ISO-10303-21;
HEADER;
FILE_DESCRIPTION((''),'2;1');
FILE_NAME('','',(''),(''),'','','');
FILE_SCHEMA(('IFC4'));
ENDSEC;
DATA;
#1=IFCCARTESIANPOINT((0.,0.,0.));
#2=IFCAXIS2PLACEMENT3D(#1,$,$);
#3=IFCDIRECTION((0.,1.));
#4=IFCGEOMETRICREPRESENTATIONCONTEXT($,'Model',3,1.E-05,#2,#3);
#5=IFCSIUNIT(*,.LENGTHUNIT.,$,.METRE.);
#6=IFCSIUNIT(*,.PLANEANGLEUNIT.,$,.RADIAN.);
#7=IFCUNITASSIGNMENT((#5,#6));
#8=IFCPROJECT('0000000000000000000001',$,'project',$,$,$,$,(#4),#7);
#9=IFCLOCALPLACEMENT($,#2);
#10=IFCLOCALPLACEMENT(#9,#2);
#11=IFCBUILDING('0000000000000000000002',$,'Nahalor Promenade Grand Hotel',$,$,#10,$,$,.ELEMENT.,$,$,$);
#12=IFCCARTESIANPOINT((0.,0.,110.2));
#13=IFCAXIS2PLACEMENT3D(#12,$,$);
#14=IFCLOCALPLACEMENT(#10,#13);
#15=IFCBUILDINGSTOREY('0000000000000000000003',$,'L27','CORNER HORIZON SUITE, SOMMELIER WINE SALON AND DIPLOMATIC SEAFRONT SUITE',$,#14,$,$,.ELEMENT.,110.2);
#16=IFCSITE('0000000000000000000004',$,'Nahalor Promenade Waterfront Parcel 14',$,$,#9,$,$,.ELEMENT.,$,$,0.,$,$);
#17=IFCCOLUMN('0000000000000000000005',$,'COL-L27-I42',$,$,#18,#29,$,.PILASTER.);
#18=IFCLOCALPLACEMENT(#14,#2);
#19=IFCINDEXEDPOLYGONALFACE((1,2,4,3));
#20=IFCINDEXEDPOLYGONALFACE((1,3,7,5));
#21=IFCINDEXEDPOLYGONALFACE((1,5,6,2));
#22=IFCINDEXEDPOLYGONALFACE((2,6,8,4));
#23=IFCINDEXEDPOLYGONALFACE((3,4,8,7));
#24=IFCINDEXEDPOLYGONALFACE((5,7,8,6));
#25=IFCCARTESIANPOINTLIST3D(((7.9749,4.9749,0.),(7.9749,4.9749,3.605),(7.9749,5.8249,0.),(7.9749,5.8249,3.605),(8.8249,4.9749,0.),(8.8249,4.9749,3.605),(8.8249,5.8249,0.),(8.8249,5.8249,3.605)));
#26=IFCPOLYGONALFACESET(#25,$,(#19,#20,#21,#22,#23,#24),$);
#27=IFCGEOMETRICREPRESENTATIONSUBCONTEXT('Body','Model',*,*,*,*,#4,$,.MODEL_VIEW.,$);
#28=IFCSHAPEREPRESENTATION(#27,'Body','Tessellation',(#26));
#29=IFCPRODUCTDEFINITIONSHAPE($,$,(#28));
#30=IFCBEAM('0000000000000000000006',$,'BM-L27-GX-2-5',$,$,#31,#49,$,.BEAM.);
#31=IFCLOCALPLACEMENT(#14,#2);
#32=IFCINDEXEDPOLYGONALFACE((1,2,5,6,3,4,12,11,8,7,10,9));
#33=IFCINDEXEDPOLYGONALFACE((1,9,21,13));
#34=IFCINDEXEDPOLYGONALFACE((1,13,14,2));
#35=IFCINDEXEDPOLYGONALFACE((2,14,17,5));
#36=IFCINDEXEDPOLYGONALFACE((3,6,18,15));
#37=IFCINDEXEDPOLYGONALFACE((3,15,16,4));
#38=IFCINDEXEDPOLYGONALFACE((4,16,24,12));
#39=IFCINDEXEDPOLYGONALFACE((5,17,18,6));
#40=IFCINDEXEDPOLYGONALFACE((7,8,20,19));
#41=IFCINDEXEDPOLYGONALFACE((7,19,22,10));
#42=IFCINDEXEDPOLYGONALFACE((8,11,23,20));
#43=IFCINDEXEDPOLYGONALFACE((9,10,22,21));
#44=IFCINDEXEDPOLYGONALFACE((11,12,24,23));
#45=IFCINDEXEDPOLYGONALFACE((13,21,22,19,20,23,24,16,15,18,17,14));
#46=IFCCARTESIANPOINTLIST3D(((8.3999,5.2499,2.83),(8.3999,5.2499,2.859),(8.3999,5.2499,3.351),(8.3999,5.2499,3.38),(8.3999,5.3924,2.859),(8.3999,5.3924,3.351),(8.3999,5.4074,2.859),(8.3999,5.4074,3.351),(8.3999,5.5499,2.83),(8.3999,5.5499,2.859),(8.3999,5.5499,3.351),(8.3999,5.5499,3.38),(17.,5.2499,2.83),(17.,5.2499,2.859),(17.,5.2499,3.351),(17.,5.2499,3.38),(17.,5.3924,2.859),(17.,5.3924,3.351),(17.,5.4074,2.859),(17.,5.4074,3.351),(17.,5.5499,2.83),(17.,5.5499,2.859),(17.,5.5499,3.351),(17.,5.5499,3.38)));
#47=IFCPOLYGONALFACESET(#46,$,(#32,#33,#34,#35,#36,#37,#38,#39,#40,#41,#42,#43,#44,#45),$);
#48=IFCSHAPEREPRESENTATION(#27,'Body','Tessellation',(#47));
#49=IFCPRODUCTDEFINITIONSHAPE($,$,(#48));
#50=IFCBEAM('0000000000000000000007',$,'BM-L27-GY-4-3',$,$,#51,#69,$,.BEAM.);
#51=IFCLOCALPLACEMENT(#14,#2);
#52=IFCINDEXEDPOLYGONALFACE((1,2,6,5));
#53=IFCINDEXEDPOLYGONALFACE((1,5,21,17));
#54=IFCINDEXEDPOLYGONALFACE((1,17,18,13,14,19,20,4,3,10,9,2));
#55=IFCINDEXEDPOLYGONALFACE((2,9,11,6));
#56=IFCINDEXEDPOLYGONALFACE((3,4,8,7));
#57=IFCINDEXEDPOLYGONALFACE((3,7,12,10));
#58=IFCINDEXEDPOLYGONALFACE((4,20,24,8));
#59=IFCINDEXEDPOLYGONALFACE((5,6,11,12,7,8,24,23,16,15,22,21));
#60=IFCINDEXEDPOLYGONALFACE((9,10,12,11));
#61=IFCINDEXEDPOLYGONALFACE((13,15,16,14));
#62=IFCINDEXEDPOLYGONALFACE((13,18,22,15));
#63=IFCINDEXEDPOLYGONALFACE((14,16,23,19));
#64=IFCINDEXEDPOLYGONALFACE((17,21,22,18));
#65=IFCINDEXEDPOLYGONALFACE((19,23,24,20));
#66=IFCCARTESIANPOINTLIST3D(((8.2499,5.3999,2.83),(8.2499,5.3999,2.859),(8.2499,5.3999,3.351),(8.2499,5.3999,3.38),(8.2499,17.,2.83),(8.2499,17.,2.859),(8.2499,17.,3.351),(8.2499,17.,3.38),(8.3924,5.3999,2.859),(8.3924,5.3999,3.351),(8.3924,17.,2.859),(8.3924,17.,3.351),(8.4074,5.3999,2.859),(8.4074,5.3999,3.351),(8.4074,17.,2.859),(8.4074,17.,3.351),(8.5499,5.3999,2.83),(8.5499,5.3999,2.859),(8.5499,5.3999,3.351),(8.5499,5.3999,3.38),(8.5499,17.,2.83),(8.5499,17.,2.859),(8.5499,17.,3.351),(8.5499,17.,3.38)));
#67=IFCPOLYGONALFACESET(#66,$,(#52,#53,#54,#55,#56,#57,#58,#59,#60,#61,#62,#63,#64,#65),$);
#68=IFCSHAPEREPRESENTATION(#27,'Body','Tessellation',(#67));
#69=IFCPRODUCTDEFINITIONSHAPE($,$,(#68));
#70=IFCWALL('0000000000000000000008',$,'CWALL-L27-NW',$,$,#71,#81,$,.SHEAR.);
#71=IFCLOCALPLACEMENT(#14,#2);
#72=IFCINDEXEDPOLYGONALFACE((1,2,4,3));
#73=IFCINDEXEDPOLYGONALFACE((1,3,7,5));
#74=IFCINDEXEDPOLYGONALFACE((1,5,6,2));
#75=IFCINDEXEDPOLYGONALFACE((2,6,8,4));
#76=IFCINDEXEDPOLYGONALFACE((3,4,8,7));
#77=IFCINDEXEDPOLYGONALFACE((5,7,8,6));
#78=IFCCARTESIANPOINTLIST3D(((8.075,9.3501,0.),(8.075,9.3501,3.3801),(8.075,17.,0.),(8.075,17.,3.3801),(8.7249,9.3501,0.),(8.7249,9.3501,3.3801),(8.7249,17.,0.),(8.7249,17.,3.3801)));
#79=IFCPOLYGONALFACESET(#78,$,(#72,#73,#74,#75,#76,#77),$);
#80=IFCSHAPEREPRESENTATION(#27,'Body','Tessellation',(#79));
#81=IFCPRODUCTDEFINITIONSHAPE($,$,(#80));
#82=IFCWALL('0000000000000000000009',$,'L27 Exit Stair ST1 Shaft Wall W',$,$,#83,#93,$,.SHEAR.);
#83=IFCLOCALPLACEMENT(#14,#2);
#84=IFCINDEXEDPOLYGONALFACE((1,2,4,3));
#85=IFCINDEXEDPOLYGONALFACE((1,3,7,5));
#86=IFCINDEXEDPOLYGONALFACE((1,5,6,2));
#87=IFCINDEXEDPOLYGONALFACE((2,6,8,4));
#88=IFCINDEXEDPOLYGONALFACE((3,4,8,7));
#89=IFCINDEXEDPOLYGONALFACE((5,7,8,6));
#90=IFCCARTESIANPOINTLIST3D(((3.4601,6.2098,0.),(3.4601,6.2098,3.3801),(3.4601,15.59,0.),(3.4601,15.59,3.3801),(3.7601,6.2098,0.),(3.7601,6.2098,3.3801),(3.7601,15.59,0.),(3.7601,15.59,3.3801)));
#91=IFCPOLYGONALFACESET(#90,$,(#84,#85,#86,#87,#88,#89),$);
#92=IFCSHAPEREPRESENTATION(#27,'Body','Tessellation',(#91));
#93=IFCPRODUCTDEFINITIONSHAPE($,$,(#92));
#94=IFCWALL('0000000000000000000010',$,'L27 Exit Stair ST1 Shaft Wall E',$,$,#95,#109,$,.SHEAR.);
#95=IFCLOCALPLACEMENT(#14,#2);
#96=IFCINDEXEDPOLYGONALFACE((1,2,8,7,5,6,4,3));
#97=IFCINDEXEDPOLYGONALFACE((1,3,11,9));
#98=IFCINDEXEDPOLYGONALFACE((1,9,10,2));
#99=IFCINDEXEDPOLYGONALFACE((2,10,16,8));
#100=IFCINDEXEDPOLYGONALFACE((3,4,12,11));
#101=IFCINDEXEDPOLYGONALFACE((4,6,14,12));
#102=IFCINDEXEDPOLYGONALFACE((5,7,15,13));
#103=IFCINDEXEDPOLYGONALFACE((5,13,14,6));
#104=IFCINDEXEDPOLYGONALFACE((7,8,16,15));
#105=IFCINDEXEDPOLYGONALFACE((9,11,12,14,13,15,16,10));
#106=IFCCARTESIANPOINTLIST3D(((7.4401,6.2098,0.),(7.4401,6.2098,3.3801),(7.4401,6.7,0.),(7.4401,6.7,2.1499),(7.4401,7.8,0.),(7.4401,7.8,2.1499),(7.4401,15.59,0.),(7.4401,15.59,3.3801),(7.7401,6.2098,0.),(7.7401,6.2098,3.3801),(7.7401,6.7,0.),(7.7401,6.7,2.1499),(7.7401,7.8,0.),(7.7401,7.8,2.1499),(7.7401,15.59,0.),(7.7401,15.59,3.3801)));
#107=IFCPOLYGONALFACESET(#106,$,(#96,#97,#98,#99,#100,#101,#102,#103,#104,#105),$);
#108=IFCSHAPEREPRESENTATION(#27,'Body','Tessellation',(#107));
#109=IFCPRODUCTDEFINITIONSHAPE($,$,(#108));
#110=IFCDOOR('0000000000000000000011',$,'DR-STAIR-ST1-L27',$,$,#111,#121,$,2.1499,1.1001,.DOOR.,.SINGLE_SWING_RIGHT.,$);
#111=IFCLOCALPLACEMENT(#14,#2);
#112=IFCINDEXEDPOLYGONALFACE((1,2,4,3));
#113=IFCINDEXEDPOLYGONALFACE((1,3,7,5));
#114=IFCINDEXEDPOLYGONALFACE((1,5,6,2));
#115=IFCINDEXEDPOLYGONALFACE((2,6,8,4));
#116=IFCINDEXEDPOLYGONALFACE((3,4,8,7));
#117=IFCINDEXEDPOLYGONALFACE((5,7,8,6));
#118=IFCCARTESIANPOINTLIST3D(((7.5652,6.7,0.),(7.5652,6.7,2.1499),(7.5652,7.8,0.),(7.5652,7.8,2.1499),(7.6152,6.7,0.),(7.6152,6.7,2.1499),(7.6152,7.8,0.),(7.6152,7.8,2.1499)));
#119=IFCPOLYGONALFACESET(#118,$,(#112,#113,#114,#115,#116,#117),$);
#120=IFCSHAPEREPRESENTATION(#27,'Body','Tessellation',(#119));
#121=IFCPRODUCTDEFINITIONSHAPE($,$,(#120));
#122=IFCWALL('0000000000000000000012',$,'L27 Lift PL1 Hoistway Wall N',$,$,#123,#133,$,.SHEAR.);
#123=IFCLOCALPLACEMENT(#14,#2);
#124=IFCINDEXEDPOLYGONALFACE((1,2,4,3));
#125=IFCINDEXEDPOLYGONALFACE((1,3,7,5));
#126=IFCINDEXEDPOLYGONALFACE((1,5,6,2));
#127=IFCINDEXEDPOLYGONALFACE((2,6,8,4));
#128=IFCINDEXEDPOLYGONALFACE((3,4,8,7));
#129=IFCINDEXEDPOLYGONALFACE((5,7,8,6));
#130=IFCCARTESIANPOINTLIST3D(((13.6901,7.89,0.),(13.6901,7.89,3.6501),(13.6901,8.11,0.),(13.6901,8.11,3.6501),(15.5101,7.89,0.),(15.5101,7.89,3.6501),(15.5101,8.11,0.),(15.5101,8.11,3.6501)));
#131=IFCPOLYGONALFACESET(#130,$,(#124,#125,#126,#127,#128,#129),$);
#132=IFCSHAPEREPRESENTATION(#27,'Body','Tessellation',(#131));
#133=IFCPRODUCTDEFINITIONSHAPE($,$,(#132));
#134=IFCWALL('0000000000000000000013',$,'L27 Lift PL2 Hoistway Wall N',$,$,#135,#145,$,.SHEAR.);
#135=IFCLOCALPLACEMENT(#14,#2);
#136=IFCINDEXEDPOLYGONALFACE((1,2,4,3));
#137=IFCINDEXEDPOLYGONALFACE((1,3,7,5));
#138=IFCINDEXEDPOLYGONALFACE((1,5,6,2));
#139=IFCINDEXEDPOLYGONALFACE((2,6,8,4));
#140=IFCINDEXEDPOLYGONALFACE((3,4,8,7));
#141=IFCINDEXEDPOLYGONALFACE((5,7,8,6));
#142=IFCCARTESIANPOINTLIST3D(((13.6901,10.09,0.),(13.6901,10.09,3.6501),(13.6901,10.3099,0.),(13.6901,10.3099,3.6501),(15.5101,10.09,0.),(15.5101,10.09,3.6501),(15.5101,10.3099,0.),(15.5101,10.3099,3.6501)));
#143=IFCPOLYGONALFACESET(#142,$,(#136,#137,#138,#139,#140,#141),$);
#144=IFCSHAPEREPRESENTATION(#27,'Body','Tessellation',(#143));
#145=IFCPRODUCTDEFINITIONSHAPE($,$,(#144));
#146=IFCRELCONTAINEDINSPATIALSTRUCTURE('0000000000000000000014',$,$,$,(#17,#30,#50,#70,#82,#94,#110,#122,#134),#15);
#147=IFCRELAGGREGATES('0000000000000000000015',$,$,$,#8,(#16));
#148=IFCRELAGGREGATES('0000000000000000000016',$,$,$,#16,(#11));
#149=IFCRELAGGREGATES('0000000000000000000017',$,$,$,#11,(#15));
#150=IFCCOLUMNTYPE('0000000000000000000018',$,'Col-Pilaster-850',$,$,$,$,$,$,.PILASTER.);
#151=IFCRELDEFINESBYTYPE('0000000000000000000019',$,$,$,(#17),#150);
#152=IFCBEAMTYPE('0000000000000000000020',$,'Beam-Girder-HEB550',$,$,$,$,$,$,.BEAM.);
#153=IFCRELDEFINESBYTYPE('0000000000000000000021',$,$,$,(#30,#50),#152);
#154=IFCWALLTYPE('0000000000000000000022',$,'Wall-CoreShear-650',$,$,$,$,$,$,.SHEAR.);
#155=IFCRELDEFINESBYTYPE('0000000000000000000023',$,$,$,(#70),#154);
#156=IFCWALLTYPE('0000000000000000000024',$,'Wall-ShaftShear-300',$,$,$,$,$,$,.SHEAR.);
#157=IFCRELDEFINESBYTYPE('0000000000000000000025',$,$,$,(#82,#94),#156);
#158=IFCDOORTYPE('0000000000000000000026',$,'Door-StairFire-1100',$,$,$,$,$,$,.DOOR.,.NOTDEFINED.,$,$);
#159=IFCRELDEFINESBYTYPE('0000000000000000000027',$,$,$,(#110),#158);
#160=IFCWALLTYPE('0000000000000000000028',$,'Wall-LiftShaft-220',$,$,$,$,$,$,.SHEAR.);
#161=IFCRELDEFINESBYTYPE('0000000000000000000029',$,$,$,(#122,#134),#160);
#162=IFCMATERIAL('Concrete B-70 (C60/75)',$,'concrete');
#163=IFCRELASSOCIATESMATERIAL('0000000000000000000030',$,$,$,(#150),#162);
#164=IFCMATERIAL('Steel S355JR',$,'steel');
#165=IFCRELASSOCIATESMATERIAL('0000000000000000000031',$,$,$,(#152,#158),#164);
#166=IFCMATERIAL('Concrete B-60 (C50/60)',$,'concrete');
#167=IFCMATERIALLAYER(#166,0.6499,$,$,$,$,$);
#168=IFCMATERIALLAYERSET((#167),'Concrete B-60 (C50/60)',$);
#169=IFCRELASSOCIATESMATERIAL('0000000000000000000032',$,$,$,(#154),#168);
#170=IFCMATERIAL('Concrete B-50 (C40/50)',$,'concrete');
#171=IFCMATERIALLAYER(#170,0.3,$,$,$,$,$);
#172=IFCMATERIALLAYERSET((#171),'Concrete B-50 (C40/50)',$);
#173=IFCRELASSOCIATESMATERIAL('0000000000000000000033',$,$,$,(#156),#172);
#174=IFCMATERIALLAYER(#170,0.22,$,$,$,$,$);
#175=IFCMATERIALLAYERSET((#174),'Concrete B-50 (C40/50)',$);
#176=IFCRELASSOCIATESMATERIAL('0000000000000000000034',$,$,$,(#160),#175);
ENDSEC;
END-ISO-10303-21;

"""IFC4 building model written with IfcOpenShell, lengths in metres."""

from ifc_helpers import new_model, si_unit, direction, frame, frame_2d, origin, origin_2d, place, context, subcontext, project, spatial, rectangle, i_section, extrude, source, transform, mapped, material, layer, layer_set, material_profile, profile_set, type_object, element, fill, save


model = new_model("IFC4")

# Units and contexts
model_context = context("Model", 3, precision=1e-05, world=origin(), true_north=direction((0.0, 1.0)))
body_context = subcontext(model_context, "Body", "Model", "MODEL_VIEW")
ifc_project = project(units=[si_unit("LENGTHUNIT", "METRE"), si_unit("PLANEANGLEUNIT", "RADIAN")], contexts=[model_context])

# Site, building, storey
site_placement = place(None, origin())
site = spatial("IfcSite", under=ifc_project, at=site_placement, Name="Nahalor Promenade Waterfront Parcel 14", CompositionType="ELEMENT", RefElevation=0.0)
building_placement = place(site_placement, origin())
building = spatial("IfcBuilding", under=site, at=building_placement, Name="Nahalor Promenade Grand Hotel", CompositionType="ELEMENT")
storey_placement = place(building_placement, frame((0.0, 0.0, 110.2)))
storey = spatial("IfcBuildingStorey", under=building, at=storey_placement, Name="L27", Description="CORNER HORIZON SUITE, SOMMELIER WINE SALON AND DIPLOMATIC SEAFRONT SUITE", CompositionType="ELEMENT", Elevation=110.2)

# Column
ifc_material_1 = material(Name="Concrete B-70 (C60/75)", Category="concrete")
ifc_material_profile_1 = material_profile(ifc_material_1, rectangle(XDim=0.85, YDim=0.85, at=origin_2d()), Name="RC 850x850")
ifc_profile_set_1 = profile_set([ifc_material_profile_1], Name="Concrete B-70 (C60/75)")
column_type = type_object("IfcColumnType", Name="Col-Pilaster-850", PredefinedType="PILASTER", material=ifc_profile_set_1)
shared_shape_1 = source(origin(), body_context, "Body", "SweptSolid", [
    extrude(rectangle(XDim=0.85, YDim=0.85, at=origin_2d()), origin(), (0.0, 0.0, 1.0), 3.605),
])
column_placement = place(storey_placement, frame((8.3999, 5.3999, 0.0), z_axis=(0.0, 0.0, 1.0), x_axis=(1.0, 0.0, 0.0)))
element("IfcColumn", 1, at=column_placement, inside=storey, type_object=column_type, Name="COL-L27-I42", PredefinedType="PILASTER", context=body_context, shape_type="MappedRepresentation", body=[
    mapped(shared_shape_1, transform((0.0, 0.0, 0.0), scale=1.0)),
])

# Beams
ifc_material_2 = material(Name="Steel S355JR", Category="steel")
ifc_material_profile_2 = material_profile(ifc_material_2, i_section(OverallWidth=0.3, OverallDepth=0.55, WebThickness=0.015, FlangeThickness=0.029, at=origin_2d()), Name="HEB 550")
ifc_profile_set_2 = profile_set([ifc_material_profile_2], Name="Steel S355JR")
beam_type = type_object("IfcBeamType", Name="Beam-Girder-HEB550", PredefinedType="BEAM", material=ifc_profile_set_2)
shared_shape_2 = source(origin(), body_context, "Body", "SweptSolid", [
    extrude(i_section(OverallWidth=0.3, OverallDepth=0.55, WebThickness=0.015, FlangeThickness=0.029, at=origin_2d()), origin(), (0.0, 0.0, 1.0), 8.6001),
])
beam_1_placement = place(storey_placement, frame((8.3999, 5.3999, 3.105), z_axis=(1.0, 0.0, 0.0), x_axis=(0.0, 1.0, 0.0)))
element("IfcBeam", 2, at=beam_1_placement, inside=storey, type_object=beam_type, Name="BM-L27-GX-2-5", PredefinedType="BEAM", context=body_context, shape_type="MappedRepresentation", body=[
    mapped(shared_shape_2, transform((0.0, 0.0, 0.0), scale=1.0)),
])
shared_shape_3 = source(origin(), body_context, "Body", "SweptSolid", [
    extrude(i_section(OverallWidth=0.3, OverallDepth=0.55, WebThickness=0.015, FlangeThickness=0.029, at=origin_2d()), origin(), (0.0, 0.0, 1.0), 11.6001),
])
beam_2_placement = place(storey_placement, frame((8.3999, 5.3999, 3.105), z_axis=(0.0, 1.0, 0.0), x_axis=(-1.0, 0.0, 0.0)))
element("IfcBeam", 3, at=beam_2_placement, inside=storey, type_object=beam_type, Name="BM-L27-GY-4-3", PredefinedType="BEAM", context=body_context, shape_type="MappedRepresentation", body=[
    mapped(shared_shape_3, transform((0.0, 0.0, 0.0), scale=1.0)),
])

# Walls
ifc_material_3 = material(Name="Concrete B-60 (C50/60)", Category="concrete")
ifc_layer_1 = layer(ifc_material_3, 0.6499)
ifc_layer_set_1 = layer_set([ifc_layer_1], Name="Concrete B-60 (C50/60)")
wall_type_1 = type_object("IfcWallType", Name="Wall-CoreShear-650", PredefinedType="SHEAR", material=ifc_layer_set_1)
shared_shape_4 = source(origin(), body_context, "Body", "SweptSolid", [
    extrude(rectangle(XDim=7.6499, YDim=0.6499, at=frame_2d((3.825, 0.0))), origin(), (0.0, 0.0, 1.0), 3.3801),
])
wall_1_placement = place(storey_placement, frame((8.3999, 9.3501, 0.0), z_axis=(0.0, 0.0, 1.0), x_axis=(0.0, 1.0, 0.0)))
element("IfcWall", 4, at=wall_1_placement, inside=storey, type_object=wall_type_1, Name="CWALL-L27-NW", PredefinedType="SHEAR", context=body_context, shape_type="MappedRepresentation", body=[
    mapped(shared_shape_4, transform((0.0, 0.0, 0.0), scale=1.0)),
])
ifc_material_4 = material(Name="Concrete B-50 (C40/50)", Category="concrete")
ifc_layer_2 = layer(ifc_material_4, 0.3)
ifc_layer_set_2 = layer_set([ifc_layer_2], Name="Concrete B-50 (C40/50)")
wall_type_2 = type_object("IfcWallType", Name="Wall-ShaftShear-300", PredefinedType="SHEAR", material=ifc_layer_set_2)
shared_shape_5 = source(origin(), body_context, "Body", "SweptSolid", [
    extrude(rectangle(XDim=9.3801, YDim=0.3, at=frame_2d((4.6899, 0.0))), origin(), (0.0, 0.0, 1.0), 3.3801),
])
wall_2_placement = place(storey_placement, frame((3.6101, 6.21, 0.0), z_axis=(0.0, 0.0, 1.0), x_axis=(0.0, 1.0, 0.0)))
element("IfcWall", 5, at=wall_2_placement, inside=storey, type_object=wall_type_2, Name="L27 Exit Stair ST1 Shaft Wall W", PredefinedType="SHEAR", context=body_context, shape_type="MappedRepresentation", body=[
    mapped(shared_shape_5, transform((0.0, 0.0, 0.0), scale=1.0)),
])

# Wall, opening, door
wall_3_placement = place(storey_placement, frame((7.5901, 6.21, 0.0), z_axis=(0.0, 0.0, 1.0), x_axis=(0.0, 1.0, 0.0)))
wall_3 = element("IfcWall", 6, at=wall_3_placement, inside=storey, type_object=wall_type_2, Name="L27 Exit Stair ST1 Shaft Wall E", PredefinedType="SHEAR", context=body_context, shape_type="MappedRepresentation", body=[
    mapped(shared_shape_5, transform((0.0, 0.0, 0.0), scale=1.0)),
])
opening_1_placement = place(wall_3_placement, frame((0.49, 0.0, 0.0)))
opening_1 = element("IfcOpeningElement", 7, at=opening_1_placement, cuts=wall_3, PredefinedType="OPENING", context=body_context, shape_type="SweptSolid", body=[
    extrude(rectangle(XDim=1.1001, YDim=2.1499, at=frame_2d((0.55, 1.075))), frame((0.0, 0.1599, 0.0), z_axis=(0.0, -1.0, 0.0), x_axis=(1.0, 0.0, 0.0)), (0.0, 0.0, 1.0), 0.3201),
])
door_type_1 = type_object("IfcDoorType", Name="Door-StairFire-1100", OperationType="NOTDEFINED", PredefinedType="DOOR", material=ifc_material_2)
shared_shape_6 = source(origin(), body_context, "Body", "SweptSolid", [
    extrude(rectangle(XDim=1.1001, YDim=2.1499, at=frame_2d((0.55, 1.075))), frame((0.0, 0.0249, 0.0), z_axis=(0.0, -1.0, 0.0), x_axis=(1.0, 0.0, 0.0)), (0.0, 0.0, 1.0), 0.05),
])
door_1_placement = place(opening_1_placement, origin())
door_1 = element("IfcDoor", 8, at=door_1_placement, inside=storey, type_object=door_type_1, Name="DR-STAIR-ST1-L27", OperationType="SINGLE_SWING_RIGHT", OverallHeight=2.1499, OverallWidth=1.1001, PredefinedType="DOOR", context=body_context, shape_type="MappedRepresentation", body=[
    mapped(shared_shape_6, transform((0.0, 0.0, 0.0), scale=1.0)),
])
fill(opening_1, door_1)

# Walls
ifc_layer_3 = layer(ifc_material_4, 0.22)
ifc_layer_set_3 = layer_set([ifc_layer_3], Name="Concrete B-50 (C40/50)")
wall_type_3 = type_object("IfcWallType", Name="Wall-LiftShaft-220", PredefinedType="SHEAR", material=ifc_layer_set_3)
shared_shape_7 = source(origin(), body_context, "Body", "SweptSolid", [
    extrude(rectangle(XDim=1.8201, YDim=0.22, at=frame_2d((0.9102, 0.0))), origin(), (0.0, 0.0, 1.0), 3.6501),
])
for number, where, z_axis, x_axis, name in (
    (9, (13.6899, 8.0, 0.0), (0.0, 0.0, 1.0), (1.0, 0.0, 0.0), "L27 Lift PL1 Hoistway Wall N"),
    (10, (13.6899, 10.2, 0.0), (0.0, 0.0, 1.0), (1.0, 0.0, 0.0), "L27 Lift PL2 Hoistway Wall N"),
):
    element("IfcWall", number, at=place(storey_placement, frame(where, z_axis=z_axis, x_axis=x_axis)), inside=storey, type_object=wall_type_3, Name=name, PredefinedType="SHEAR", context=body_context, shape_type="MappedRepresentation", body=[
        mapped(shared_shape_7, transform((0.0, 0.0, 0.0), scale=1.0)),
    ])

save(model, "model.ifc")
